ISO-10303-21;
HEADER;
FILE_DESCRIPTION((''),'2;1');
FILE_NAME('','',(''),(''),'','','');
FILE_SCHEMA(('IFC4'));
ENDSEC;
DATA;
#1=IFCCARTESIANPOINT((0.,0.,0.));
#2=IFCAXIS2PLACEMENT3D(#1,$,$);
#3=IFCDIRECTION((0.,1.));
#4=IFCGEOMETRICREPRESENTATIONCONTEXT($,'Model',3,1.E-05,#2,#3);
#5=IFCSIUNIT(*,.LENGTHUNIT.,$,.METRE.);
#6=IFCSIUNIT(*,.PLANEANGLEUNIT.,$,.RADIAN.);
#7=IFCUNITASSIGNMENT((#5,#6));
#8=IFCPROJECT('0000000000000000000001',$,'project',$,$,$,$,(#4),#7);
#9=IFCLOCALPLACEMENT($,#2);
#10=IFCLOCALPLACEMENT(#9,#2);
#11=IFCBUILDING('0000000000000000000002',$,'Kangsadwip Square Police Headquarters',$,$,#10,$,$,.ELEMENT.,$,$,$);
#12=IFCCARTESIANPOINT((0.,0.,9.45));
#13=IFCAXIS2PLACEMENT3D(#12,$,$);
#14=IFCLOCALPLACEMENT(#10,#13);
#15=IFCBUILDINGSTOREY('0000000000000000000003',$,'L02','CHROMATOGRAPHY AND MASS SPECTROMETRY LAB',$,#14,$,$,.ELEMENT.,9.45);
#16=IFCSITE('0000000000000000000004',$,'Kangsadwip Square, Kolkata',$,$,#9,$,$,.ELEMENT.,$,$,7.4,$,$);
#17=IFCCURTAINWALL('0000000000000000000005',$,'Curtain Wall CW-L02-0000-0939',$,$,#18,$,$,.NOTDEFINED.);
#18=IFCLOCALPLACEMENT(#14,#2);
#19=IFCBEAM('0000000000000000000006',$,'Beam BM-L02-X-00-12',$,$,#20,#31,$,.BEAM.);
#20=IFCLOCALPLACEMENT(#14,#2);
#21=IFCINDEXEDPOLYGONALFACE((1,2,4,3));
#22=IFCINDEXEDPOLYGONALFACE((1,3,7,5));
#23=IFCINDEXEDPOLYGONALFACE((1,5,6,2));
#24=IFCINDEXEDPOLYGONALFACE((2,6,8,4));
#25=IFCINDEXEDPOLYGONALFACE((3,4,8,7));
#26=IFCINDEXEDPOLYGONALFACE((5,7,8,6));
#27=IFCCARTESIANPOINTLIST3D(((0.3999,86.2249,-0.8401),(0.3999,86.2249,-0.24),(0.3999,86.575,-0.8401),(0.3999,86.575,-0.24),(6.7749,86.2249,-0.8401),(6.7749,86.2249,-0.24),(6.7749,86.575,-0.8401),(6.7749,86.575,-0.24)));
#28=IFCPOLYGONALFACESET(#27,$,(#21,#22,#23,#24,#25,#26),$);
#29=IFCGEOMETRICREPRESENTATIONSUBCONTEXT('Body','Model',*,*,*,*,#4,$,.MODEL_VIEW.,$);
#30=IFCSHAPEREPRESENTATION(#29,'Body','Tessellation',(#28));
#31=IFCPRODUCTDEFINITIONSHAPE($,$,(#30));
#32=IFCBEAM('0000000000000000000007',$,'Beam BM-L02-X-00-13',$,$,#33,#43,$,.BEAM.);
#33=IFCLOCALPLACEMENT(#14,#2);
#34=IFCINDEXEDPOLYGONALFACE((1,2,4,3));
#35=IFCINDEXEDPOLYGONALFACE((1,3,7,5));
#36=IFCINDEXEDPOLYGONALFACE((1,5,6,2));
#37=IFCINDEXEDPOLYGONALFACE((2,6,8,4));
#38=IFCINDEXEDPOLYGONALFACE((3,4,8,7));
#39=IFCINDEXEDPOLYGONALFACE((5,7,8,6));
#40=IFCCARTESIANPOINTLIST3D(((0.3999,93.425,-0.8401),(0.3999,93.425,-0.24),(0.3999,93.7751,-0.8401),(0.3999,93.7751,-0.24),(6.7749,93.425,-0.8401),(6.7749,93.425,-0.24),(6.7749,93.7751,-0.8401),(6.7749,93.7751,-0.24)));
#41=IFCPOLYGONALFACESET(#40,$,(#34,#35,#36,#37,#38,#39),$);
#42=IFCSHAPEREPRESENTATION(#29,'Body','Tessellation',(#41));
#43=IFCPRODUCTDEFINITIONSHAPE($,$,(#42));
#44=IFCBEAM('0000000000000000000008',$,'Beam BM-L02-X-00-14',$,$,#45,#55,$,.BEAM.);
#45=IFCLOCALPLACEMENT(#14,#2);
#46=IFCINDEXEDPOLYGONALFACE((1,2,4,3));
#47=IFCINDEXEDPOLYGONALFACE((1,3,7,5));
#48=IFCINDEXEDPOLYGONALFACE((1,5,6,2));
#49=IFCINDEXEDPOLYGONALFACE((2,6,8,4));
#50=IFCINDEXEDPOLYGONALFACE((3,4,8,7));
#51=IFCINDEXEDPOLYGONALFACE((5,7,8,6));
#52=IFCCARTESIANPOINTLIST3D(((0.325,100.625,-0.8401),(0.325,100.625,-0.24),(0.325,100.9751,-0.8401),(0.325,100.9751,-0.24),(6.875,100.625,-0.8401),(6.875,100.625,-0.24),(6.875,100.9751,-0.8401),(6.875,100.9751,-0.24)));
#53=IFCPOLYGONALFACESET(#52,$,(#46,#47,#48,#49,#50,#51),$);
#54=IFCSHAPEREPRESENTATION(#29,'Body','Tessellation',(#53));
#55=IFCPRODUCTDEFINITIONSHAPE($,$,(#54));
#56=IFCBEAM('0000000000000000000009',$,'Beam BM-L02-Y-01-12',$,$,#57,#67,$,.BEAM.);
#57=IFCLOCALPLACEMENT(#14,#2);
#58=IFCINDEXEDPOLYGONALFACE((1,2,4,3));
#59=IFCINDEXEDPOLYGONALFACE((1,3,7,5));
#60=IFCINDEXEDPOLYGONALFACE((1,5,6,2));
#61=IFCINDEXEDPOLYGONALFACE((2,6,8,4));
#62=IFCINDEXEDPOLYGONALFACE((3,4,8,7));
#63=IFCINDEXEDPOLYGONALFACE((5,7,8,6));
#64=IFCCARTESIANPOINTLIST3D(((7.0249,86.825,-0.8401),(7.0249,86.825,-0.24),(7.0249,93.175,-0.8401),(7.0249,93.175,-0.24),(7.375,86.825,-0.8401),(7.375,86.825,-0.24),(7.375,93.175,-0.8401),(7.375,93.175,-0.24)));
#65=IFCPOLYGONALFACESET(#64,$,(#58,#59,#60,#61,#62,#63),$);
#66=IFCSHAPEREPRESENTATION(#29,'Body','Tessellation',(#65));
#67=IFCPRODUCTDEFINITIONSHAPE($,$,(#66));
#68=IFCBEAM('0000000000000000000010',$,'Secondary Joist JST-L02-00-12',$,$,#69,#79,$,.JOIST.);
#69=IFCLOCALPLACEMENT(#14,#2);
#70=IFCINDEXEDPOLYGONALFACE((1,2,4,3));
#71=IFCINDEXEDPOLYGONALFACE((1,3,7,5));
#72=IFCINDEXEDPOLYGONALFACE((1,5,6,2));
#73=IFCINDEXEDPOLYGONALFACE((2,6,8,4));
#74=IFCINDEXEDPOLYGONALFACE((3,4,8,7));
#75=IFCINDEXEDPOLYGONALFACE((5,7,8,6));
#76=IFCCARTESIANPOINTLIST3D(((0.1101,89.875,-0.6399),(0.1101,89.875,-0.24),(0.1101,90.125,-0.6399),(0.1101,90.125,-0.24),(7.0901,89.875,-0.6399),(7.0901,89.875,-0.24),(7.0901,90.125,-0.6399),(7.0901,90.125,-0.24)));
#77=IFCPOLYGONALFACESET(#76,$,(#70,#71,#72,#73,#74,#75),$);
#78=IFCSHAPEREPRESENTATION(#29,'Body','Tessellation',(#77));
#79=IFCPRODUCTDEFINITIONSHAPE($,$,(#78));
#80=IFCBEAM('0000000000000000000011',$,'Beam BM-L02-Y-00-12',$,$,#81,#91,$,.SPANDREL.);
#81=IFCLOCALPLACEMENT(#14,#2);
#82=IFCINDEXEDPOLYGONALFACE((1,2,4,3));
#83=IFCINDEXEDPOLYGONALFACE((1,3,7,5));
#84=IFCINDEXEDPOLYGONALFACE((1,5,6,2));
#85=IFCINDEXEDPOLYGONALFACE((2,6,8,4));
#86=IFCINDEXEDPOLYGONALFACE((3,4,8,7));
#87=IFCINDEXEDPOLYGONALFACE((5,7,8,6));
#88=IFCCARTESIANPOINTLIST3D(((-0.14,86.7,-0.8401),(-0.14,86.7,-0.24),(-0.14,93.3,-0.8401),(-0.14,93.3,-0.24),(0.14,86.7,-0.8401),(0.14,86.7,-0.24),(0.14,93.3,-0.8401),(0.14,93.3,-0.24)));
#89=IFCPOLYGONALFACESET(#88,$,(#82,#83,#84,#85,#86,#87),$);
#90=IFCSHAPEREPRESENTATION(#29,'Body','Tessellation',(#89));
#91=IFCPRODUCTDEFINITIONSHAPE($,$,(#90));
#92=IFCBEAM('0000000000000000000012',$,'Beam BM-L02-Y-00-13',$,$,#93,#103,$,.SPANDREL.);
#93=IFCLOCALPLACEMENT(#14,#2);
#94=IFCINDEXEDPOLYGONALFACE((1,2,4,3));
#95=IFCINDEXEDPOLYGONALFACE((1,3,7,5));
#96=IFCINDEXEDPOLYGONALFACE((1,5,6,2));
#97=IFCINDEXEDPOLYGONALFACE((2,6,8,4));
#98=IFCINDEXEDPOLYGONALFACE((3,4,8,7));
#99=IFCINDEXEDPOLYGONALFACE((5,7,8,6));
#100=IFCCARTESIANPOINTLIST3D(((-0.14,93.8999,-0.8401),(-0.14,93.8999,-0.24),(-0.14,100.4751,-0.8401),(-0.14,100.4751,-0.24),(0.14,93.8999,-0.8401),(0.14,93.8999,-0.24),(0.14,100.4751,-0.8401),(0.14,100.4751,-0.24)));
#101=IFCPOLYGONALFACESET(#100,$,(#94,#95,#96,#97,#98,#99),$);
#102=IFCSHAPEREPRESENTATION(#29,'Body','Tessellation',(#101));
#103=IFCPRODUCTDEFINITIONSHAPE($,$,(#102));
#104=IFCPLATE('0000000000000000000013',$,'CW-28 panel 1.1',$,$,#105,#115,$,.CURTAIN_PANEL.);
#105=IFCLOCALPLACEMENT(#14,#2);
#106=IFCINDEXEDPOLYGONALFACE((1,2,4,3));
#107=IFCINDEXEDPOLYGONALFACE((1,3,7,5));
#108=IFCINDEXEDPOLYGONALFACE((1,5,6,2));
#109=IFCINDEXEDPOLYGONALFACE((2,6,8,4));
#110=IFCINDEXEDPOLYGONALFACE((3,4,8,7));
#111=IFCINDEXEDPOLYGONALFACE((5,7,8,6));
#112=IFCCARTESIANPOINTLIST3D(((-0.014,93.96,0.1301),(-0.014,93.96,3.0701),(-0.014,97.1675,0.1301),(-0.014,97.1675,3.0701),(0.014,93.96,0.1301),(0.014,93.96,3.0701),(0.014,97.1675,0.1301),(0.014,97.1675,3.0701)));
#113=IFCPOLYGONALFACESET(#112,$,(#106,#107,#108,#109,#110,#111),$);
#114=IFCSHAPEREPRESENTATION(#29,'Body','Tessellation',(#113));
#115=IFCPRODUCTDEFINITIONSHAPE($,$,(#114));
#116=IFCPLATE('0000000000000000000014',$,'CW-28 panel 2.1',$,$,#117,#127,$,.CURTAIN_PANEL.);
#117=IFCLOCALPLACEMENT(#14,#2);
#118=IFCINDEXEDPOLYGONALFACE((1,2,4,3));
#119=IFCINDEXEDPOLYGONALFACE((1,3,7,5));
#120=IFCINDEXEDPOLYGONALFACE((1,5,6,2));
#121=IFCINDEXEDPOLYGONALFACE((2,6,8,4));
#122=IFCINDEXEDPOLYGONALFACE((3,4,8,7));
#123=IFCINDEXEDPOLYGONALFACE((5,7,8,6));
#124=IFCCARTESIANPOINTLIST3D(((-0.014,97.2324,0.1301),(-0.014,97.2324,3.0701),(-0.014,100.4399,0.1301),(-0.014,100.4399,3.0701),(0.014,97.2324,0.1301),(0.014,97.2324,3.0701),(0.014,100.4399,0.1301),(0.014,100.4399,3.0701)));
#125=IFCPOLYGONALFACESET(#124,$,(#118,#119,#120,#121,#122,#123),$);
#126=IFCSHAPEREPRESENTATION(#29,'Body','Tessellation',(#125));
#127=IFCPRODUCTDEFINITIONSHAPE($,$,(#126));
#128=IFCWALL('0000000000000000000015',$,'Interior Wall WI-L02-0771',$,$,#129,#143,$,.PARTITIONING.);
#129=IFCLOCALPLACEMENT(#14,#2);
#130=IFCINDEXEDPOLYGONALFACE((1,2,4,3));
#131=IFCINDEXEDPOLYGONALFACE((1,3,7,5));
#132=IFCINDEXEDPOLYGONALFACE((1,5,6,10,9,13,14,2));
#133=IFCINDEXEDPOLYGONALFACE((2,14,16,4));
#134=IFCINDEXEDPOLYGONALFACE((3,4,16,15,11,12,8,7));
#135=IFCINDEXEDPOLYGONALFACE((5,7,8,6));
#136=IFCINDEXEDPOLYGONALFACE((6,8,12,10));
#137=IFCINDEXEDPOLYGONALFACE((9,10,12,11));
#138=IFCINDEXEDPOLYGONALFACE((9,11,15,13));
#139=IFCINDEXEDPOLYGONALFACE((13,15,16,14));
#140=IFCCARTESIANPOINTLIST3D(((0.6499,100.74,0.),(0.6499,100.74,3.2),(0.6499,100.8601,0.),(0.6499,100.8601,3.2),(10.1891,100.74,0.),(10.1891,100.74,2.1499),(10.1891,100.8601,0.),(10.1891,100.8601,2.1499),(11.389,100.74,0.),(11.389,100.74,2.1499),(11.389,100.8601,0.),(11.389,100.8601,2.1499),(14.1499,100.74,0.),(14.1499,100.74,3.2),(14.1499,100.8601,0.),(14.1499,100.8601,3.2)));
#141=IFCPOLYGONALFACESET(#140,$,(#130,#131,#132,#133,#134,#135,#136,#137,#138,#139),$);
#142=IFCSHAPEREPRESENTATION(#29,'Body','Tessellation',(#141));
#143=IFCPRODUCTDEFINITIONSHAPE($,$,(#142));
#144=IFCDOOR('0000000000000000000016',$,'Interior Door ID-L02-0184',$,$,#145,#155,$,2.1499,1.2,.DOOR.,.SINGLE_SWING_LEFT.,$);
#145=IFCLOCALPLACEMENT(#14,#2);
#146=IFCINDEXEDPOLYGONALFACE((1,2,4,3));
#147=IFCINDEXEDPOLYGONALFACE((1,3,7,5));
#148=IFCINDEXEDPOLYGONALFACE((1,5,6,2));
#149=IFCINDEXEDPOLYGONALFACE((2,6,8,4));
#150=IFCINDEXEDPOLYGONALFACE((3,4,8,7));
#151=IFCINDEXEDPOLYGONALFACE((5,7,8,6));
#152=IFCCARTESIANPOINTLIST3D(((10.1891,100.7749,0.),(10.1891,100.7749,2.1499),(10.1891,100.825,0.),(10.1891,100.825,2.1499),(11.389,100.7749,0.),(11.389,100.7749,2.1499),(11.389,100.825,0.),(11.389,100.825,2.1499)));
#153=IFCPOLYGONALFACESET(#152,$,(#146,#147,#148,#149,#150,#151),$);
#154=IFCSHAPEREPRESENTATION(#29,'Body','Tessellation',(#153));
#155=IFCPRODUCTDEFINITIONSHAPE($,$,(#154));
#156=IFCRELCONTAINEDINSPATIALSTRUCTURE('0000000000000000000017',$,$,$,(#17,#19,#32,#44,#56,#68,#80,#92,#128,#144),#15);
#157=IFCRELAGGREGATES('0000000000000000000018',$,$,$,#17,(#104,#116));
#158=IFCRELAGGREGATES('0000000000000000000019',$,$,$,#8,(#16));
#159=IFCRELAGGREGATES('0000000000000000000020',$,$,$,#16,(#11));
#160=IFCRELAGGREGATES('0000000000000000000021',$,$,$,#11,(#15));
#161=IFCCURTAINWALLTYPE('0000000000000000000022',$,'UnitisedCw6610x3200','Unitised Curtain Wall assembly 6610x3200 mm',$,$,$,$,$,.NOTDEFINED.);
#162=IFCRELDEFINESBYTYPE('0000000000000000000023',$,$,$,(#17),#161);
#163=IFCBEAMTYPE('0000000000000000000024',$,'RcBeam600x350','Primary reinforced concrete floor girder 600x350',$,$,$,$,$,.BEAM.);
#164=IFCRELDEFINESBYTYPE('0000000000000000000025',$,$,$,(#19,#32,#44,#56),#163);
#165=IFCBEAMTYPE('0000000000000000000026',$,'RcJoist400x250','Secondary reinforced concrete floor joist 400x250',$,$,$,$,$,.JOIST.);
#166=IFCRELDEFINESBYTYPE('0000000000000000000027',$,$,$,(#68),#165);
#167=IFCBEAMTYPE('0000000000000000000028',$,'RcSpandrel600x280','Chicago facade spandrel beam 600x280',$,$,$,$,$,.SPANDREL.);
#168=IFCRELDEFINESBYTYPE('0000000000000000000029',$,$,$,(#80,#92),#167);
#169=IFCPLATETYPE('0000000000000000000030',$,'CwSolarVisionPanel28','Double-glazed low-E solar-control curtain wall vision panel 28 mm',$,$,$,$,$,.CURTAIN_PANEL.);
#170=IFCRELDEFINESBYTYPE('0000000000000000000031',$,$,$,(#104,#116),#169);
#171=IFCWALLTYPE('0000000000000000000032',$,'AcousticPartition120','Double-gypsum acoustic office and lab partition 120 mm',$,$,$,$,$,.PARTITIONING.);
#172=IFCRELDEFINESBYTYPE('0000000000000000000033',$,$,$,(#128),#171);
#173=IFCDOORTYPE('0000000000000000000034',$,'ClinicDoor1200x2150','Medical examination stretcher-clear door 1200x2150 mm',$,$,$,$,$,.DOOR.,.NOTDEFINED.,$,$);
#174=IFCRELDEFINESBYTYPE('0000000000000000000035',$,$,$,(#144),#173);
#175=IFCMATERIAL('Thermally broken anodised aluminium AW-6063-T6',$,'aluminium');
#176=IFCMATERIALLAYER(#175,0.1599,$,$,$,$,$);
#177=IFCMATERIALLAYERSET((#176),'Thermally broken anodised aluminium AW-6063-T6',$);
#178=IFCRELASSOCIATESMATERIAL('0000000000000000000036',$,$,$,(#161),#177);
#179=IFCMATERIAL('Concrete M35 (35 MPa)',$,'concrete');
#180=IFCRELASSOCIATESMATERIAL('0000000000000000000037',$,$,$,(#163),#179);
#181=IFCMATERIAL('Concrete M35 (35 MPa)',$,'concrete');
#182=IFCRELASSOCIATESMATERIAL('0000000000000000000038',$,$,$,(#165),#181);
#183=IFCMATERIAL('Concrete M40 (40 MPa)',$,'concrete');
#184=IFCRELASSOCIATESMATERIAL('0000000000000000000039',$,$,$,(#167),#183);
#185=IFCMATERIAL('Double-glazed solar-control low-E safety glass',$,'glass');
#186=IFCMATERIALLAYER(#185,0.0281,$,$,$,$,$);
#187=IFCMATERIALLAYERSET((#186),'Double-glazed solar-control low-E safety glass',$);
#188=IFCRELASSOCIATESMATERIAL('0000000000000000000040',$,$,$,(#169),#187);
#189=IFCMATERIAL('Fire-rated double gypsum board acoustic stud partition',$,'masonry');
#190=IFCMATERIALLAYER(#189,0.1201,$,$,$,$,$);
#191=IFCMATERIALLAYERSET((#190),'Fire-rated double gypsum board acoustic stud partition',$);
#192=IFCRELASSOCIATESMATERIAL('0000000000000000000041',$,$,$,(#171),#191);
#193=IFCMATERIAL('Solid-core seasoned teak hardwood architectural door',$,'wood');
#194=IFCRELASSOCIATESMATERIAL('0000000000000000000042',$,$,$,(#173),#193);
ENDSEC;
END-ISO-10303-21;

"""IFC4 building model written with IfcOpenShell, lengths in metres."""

from ifc_helpers import new_model, si_unit, direction, frame, frame_2d, origin, origin_2d, place, context, subcontext, project, spatial, rectangle, extrude, material, layer, layer_set, material_profile, profile_set, type_object, element, fill, aggregate, save


model = new_model("IFC4")

# Units and contexts
model_context = context("Model", 3, precision=1e-05, world=origin(), true_north=direction((0.0, 1.0)))
body_context = subcontext(model_context, "Body", "Model", "MODEL_VIEW")
ifc_project = project(units=[si_unit("LENGTHUNIT", "METRE"), si_unit("PLANEANGLEUNIT", "RADIAN")], contexts=[model_context])

# Site, building, storey
site_placement = place(None, origin())
site = spatial("IfcSite", under=ifc_project, at=site_placement, Name="Kangsadwip Square, Kolkata", CompositionType="ELEMENT", RefElevation=7.4)
building_placement = place(site_placement, origin())
building = spatial("IfcBuilding", under=site, at=building_placement, Name="Kangsadwip Square Police Headquarters", CompositionType="ELEMENT")
storey_placement = place(building_placement, frame((0.0, 0.0, 9.45)))
storey = spatial("IfcBuildingStorey", under=building, at=storey_placement, Name="L02", Description="CHROMATOGRAPHY AND MASS SPECTROMETRY LAB", CompositionType="ELEMENT", Elevation=9.45)

# Curtain wall
ifc_material_1 = material(Name="Thermally broken anodised aluminium AW-6063-T6", Category="aluminium")
ifc_layer_1 = layer(ifc_material_1, 0.1599)
ifc_layer_set_1 = layer_set([ifc_layer_1], Name="Thermally broken anodised aluminium AW-6063-T6")
curtain_wall_type = type_object("IfcCurtainWallType", Name="UnitisedCw6610x3200", Description="Unitised Curtain Wall assembly 6610x3200 mm", PredefinedType="NOTDEFINED", material=ifc_layer_set_1)
curtain_wall_placement = place(storey_placement, origin())
curtain_wall = element("IfcCurtainWall", 1, at=curtain_wall_placement, inside=storey, type_object=curtain_wall_type, Name="Curtain Wall CW-L02-0000-0939", PredefinedType="NOTDEFINED")

# Beams
ifc_material_2 = material(Name="Concrete M35 (35 MPa)", Category="concrete")
ifc_material_profile_1 = material_profile(ifc_material_2, rectangle(XDim=0.3501, YDim=0.6001, at=origin_2d()), Name="RC BM 600X350")
ifc_profile_set_1 = profile_set([ifc_material_profile_1], Name="Concrete M35 (35 MPa)")
beam_type_1 = type_object("IfcBeamType", Name="RcBeam600x350", Description="Primary reinforced concrete floor girder 600x350", PredefinedType="BEAM", material=ifc_profile_set_1)
for number, where, z_axis, x_axis, name in (
    (2, (0.3999, 86.3999, -0.54), (1.0, 0.0, 0.0), (0.0, 1.0, 0.0), "Beam BM-L02-X-00-12"),
    (3, (0.3999, 93.6001, -0.54), (1.0, 0.0, 0.0), (0.0, 1.0, 0.0), "Beam BM-L02-X-00-13"),
):
    element("IfcBeam", number, at=place(storey_placement, frame(where, z_axis=z_axis, x_axis=x_axis)), inside=storey, type_object=beam_type_1, Name=name, PredefinedType="BEAM", context=body_context, shape_type="SweptSolid", body=[
        extrude(rectangle(XDim=0.3501, YDim=0.6001, at=origin_2d()), origin(), (0.0, 0.0, 1.0), 6.375),
    ])
beam_1_placement = place(storey_placement, frame((0.325, 100.8, -0.54), z_axis=(1.0, 0.0, 0.0), x_axis=(0.0, 1.0, 0.0)))
element("IfcBeam", 4, at=beam_1_placement, inside=storey, type_object=beam_type_1, Name="Beam BM-L02-X-00-14", PredefinedType="BEAM", context=body_context, shape_type="SweptSolid", body=[
    extrude(rectangle(XDim=0.3501, YDim=0.6001, at=origin_2d()), origin(), (0.0, 0.0, 1.0), 6.55),
])
beam_2_placement = place(storey_placement, frame((7.2, 86.825, -0.54), z_axis=(0.0, 1.0, 0.0), x_axis=(-1.0, 0.0, 0.0)))
element("IfcBeam", 5, at=beam_2_placement, inside=storey, type_object=beam_type_1, Name="Beam BM-L02-Y-01-12", PredefinedType="BEAM", context=body_context, shape_type="SweptSolid", body=[
    extrude(rectangle(XDim=0.3501, YDim=0.6001, at=origin_2d()), origin(), (0.0, 0.0, 1.0), 6.3501),
])
ifc_material_3 = material(Name="Concrete M35 (35 MPa)", Category="concrete")
ifc_material_profile_2 = material_profile(ifc_material_3, rectangle(XDim=0.25, YDim=0.3999, at=origin_2d()), Name="RC JST 400X250")
ifc_profile_set_2 = profile_set([ifc_material_profile_2], Name="Concrete M35 (35 MPa)")
beam_type_2 = type_object("IfcBeamType", Name="RcJoist400x250", Description="Secondary reinforced concrete floor joist 400x250", PredefinedType="JOIST", material=ifc_profile_set_2)
beam_3_placement = place(storey_placement, frame((0.1101, 90.0, -0.4399), z_axis=(1.0, 0.0, 0.0), x_axis=(0.0, 1.0, 0.0)))
element("IfcBeam", 6, at=beam_3_placement, inside=storey, type_object=beam_type_2, Name="Secondary Joist JST-L02-00-12", PredefinedType="JOIST", context=body_context, shape_type="SweptSolid", body=[
    extrude(rectangle(XDim=0.25, YDim=0.3999, at=origin_2d()), origin(), (0.0, 0.0, 1.0), 6.98),
])
ifc_material_4 = material(Name="Concrete M40 (40 MPa)", Category="concrete")
ifc_material_profile_3 = material_profile(ifc_material_4, rectangle(XDim=0.28, YDim=0.6001, at=origin_2d()), Name="RC SPN 600X280")
ifc_profile_set_3 = profile_set([ifc_material_profile_3], Name="Concrete M40 (40 MPa)")
beam_type_3 = type_object("IfcBeamType", Name="RcSpandrel600x280", Description="Chicago facade spandrel beam 600x280", PredefinedType="SPANDREL", material=ifc_profile_set_3)
beam_4_placement = place(storey_placement, frame((0.0, 86.7, -0.54), z_axis=(0.0, 1.0, 0.0), x_axis=(-1.0, 0.0, 0.0)))
element("IfcBeam", 7, at=beam_4_placement, inside=storey, type_object=beam_type_3, Name="Beam BM-L02-Y-00-12", PredefinedType="SPANDREL", context=body_context, shape_type="SweptSolid", body=[
    extrude(rectangle(XDim=0.28, YDim=0.6001, at=origin_2d()), origin(), (0.0, 0.0, 1.0), 6.6001),
])
beam_5_placement = place(storey_placement, frame((0.0, 93.8999, -0.54), z_axis=(0.0, 1.0, 0.0), x_axis=(-1.0, 0.0, 0.0)))
element("IfcBeam", 8, at=beam_5_placement, inside=storey, type_object=beam_type_3, Name="Beam BM-L02-Y-00-13", PredefinedType="SPANDREL", context=body_context, shape_type="SweptSolid", body=[
    extrude(rectangle(XDim=0.28, YDim=0.6001, at=origin_2d()), origin(), (0.0, 0.0, 1.0), 6.5752),
])

# Plates
ifc_material_5 = material(Name="Double-glazed solar-control low-E safety glass", Category="glass")
ifc_layer_2 = layer(ifc_material_5, 0.0281)
ifc_layer_set_2 = layer_set([ifc_layer_2], Name="Double-glazed solar-control low-E safety glass")
plate_type = type_object("IfcPlateType", Name="CwSolarVisionPanel28", Description="Double-glazed low-E solar-control curtain wall vision panel 28 mm", PredefinedType="CURTAIN_PANEL", material=ifc_layer_set_2)
plate_1_placement = place(storey_placement, frame((0.0, 95.5637, 0.1301), z_axis=(0.0, 0.0, 1.0), x_axis=(0.0, 1.0, 0.0)))
plate_1 = element("IfcPlate", 9, at=plate_1_placement, type_object=plate_type, Name="CW-28 panel 1.1", PredefinedType="CURTAIN_PANEL", context=body_context, shape_type="SweptSolid", body=[
    extrude(rectangle(XDim=3.2075, YDim=0.0281, at=origin_2d()), origin(), (0.0, 0.0, 1.0), 2.9399),
])
plate_2_placement = place(storey_placement, frame((0.0, 98.8362, 0.1301), z_axis=(0.0, 0.0, 1.0), x_axis=(0.0, 1.0, 0.0)))
plate_2 = element("IfcPlate", 10, at=plate_2_placement, type_object=plate_type, Name="CW-28 panel 2.1", PredefinedType="CURTAIN_PANEL", context=body_context, shape_type="SweptSolid", body=[
    extrude(rectangle(XDim=3.2075, YDim=0.0281, at=origin_2d()), origin(), (0.0, 0.0, 1.0), 2.9399),
])
aggregate(curtain_wall, [plate_1, plate_2])

# Wall, opening, door
ifc_material_6 = material(Name="Fire-rated double gypsum board acoustic stud partition", Category="masonry")
ifc_layer_3 = layer(ifc_material_6, 0.1201)
ifc_layer_set_3 = layer_set([ifc_layer_3], Name="Fire-rated double gypsum board acoustic stud partition")
wall_type_1 = type_object("IfcWallType", Name="AcousticPartition120", Description="Double-gypsum acoustic office and lab partition 120 mm", PredefinedType="PARTITIONING", material=ifc_layer_set_3)
wall_1_placement = place(storey_placement, frame((0.6499, 100.8, 0.0), z_axis=(0.0, 0.0, 1.0), x_axis=(1.0, 0.0, 0.0)))
wall_1 = element("IfcWall", 11, at=wall_1_placement, inside=storey, type_object=wall_type_1, Name="Interior Wall WI-L02-0771", PredefinedType="PARTITIONING", context=body_context, shape_type="SweptSolid", body=[
    extrude(rectangle(XDim=13.5, YDim=0.1201, at=frame_2d((6.75, 0.0))), origin(), (0.0, 0.0, 1.0), 3.2),
])
opening_1_placement = place(wall_1_placement, frame((9.5391, 0.0, 0.0)))
opening_1 = element("IfcOpeningElement", 12, at=opening_1_placement, cuts=wall_1, PredefinedType="OPENING", context=body_context, shape_type="SweptSolid", body=[
    extrude(rectangle(XDim=1.2, YDim=2.1499, at=frame_2d((0.6001, 1.075))), frame((0.0, 0.0701, 0.0), z_axis=(0.0, -1.0, 0.0), x_axis=(1.0, 0.0, 0.0)), (0.0, 0.0, 1.0), 0.1401),
])
ifc_material_7 = material(Name="Solid-core seasoned teak hardwood architectural door", Category="wood")
door_type_1 = type_object("IfcDoorType", Name="ClinicDoor1200x2150", Description="Medical examination stretcher-clear door 1200x2150 mm", OperationType="NOTDEFINED", PredefinedType="DOOR", material=ifc_material_7)
door_1_placement = place(opening_1_placement, origin())
door_1 = element("IfcDoor", 13, at=door_1_placement, inside=storey, type_object=door_type_1, Name="Interior Door ID-L02-0184", OperationType="SINGLE_SWING_LEFT", OverallHeight=2.1499, OverallWidth=1.2, PredefinedType="DOOR", context=body_context, shape_type="SweptSolid", body=[
    extrude(rectangle(XDim=1.2, YDim=2.1499, at=frame_2d((0.6001, 1.075))), frame((0.0, 0.0249, 0.0), z_axis=(0.0, -1.0, 0.0), x_axis=(1.0, 0.0, 0.0)), (0.0, 0.0, 1.0), 0.05),
])
fill(opening_1, door_1)

save(model, "model.ifc")
